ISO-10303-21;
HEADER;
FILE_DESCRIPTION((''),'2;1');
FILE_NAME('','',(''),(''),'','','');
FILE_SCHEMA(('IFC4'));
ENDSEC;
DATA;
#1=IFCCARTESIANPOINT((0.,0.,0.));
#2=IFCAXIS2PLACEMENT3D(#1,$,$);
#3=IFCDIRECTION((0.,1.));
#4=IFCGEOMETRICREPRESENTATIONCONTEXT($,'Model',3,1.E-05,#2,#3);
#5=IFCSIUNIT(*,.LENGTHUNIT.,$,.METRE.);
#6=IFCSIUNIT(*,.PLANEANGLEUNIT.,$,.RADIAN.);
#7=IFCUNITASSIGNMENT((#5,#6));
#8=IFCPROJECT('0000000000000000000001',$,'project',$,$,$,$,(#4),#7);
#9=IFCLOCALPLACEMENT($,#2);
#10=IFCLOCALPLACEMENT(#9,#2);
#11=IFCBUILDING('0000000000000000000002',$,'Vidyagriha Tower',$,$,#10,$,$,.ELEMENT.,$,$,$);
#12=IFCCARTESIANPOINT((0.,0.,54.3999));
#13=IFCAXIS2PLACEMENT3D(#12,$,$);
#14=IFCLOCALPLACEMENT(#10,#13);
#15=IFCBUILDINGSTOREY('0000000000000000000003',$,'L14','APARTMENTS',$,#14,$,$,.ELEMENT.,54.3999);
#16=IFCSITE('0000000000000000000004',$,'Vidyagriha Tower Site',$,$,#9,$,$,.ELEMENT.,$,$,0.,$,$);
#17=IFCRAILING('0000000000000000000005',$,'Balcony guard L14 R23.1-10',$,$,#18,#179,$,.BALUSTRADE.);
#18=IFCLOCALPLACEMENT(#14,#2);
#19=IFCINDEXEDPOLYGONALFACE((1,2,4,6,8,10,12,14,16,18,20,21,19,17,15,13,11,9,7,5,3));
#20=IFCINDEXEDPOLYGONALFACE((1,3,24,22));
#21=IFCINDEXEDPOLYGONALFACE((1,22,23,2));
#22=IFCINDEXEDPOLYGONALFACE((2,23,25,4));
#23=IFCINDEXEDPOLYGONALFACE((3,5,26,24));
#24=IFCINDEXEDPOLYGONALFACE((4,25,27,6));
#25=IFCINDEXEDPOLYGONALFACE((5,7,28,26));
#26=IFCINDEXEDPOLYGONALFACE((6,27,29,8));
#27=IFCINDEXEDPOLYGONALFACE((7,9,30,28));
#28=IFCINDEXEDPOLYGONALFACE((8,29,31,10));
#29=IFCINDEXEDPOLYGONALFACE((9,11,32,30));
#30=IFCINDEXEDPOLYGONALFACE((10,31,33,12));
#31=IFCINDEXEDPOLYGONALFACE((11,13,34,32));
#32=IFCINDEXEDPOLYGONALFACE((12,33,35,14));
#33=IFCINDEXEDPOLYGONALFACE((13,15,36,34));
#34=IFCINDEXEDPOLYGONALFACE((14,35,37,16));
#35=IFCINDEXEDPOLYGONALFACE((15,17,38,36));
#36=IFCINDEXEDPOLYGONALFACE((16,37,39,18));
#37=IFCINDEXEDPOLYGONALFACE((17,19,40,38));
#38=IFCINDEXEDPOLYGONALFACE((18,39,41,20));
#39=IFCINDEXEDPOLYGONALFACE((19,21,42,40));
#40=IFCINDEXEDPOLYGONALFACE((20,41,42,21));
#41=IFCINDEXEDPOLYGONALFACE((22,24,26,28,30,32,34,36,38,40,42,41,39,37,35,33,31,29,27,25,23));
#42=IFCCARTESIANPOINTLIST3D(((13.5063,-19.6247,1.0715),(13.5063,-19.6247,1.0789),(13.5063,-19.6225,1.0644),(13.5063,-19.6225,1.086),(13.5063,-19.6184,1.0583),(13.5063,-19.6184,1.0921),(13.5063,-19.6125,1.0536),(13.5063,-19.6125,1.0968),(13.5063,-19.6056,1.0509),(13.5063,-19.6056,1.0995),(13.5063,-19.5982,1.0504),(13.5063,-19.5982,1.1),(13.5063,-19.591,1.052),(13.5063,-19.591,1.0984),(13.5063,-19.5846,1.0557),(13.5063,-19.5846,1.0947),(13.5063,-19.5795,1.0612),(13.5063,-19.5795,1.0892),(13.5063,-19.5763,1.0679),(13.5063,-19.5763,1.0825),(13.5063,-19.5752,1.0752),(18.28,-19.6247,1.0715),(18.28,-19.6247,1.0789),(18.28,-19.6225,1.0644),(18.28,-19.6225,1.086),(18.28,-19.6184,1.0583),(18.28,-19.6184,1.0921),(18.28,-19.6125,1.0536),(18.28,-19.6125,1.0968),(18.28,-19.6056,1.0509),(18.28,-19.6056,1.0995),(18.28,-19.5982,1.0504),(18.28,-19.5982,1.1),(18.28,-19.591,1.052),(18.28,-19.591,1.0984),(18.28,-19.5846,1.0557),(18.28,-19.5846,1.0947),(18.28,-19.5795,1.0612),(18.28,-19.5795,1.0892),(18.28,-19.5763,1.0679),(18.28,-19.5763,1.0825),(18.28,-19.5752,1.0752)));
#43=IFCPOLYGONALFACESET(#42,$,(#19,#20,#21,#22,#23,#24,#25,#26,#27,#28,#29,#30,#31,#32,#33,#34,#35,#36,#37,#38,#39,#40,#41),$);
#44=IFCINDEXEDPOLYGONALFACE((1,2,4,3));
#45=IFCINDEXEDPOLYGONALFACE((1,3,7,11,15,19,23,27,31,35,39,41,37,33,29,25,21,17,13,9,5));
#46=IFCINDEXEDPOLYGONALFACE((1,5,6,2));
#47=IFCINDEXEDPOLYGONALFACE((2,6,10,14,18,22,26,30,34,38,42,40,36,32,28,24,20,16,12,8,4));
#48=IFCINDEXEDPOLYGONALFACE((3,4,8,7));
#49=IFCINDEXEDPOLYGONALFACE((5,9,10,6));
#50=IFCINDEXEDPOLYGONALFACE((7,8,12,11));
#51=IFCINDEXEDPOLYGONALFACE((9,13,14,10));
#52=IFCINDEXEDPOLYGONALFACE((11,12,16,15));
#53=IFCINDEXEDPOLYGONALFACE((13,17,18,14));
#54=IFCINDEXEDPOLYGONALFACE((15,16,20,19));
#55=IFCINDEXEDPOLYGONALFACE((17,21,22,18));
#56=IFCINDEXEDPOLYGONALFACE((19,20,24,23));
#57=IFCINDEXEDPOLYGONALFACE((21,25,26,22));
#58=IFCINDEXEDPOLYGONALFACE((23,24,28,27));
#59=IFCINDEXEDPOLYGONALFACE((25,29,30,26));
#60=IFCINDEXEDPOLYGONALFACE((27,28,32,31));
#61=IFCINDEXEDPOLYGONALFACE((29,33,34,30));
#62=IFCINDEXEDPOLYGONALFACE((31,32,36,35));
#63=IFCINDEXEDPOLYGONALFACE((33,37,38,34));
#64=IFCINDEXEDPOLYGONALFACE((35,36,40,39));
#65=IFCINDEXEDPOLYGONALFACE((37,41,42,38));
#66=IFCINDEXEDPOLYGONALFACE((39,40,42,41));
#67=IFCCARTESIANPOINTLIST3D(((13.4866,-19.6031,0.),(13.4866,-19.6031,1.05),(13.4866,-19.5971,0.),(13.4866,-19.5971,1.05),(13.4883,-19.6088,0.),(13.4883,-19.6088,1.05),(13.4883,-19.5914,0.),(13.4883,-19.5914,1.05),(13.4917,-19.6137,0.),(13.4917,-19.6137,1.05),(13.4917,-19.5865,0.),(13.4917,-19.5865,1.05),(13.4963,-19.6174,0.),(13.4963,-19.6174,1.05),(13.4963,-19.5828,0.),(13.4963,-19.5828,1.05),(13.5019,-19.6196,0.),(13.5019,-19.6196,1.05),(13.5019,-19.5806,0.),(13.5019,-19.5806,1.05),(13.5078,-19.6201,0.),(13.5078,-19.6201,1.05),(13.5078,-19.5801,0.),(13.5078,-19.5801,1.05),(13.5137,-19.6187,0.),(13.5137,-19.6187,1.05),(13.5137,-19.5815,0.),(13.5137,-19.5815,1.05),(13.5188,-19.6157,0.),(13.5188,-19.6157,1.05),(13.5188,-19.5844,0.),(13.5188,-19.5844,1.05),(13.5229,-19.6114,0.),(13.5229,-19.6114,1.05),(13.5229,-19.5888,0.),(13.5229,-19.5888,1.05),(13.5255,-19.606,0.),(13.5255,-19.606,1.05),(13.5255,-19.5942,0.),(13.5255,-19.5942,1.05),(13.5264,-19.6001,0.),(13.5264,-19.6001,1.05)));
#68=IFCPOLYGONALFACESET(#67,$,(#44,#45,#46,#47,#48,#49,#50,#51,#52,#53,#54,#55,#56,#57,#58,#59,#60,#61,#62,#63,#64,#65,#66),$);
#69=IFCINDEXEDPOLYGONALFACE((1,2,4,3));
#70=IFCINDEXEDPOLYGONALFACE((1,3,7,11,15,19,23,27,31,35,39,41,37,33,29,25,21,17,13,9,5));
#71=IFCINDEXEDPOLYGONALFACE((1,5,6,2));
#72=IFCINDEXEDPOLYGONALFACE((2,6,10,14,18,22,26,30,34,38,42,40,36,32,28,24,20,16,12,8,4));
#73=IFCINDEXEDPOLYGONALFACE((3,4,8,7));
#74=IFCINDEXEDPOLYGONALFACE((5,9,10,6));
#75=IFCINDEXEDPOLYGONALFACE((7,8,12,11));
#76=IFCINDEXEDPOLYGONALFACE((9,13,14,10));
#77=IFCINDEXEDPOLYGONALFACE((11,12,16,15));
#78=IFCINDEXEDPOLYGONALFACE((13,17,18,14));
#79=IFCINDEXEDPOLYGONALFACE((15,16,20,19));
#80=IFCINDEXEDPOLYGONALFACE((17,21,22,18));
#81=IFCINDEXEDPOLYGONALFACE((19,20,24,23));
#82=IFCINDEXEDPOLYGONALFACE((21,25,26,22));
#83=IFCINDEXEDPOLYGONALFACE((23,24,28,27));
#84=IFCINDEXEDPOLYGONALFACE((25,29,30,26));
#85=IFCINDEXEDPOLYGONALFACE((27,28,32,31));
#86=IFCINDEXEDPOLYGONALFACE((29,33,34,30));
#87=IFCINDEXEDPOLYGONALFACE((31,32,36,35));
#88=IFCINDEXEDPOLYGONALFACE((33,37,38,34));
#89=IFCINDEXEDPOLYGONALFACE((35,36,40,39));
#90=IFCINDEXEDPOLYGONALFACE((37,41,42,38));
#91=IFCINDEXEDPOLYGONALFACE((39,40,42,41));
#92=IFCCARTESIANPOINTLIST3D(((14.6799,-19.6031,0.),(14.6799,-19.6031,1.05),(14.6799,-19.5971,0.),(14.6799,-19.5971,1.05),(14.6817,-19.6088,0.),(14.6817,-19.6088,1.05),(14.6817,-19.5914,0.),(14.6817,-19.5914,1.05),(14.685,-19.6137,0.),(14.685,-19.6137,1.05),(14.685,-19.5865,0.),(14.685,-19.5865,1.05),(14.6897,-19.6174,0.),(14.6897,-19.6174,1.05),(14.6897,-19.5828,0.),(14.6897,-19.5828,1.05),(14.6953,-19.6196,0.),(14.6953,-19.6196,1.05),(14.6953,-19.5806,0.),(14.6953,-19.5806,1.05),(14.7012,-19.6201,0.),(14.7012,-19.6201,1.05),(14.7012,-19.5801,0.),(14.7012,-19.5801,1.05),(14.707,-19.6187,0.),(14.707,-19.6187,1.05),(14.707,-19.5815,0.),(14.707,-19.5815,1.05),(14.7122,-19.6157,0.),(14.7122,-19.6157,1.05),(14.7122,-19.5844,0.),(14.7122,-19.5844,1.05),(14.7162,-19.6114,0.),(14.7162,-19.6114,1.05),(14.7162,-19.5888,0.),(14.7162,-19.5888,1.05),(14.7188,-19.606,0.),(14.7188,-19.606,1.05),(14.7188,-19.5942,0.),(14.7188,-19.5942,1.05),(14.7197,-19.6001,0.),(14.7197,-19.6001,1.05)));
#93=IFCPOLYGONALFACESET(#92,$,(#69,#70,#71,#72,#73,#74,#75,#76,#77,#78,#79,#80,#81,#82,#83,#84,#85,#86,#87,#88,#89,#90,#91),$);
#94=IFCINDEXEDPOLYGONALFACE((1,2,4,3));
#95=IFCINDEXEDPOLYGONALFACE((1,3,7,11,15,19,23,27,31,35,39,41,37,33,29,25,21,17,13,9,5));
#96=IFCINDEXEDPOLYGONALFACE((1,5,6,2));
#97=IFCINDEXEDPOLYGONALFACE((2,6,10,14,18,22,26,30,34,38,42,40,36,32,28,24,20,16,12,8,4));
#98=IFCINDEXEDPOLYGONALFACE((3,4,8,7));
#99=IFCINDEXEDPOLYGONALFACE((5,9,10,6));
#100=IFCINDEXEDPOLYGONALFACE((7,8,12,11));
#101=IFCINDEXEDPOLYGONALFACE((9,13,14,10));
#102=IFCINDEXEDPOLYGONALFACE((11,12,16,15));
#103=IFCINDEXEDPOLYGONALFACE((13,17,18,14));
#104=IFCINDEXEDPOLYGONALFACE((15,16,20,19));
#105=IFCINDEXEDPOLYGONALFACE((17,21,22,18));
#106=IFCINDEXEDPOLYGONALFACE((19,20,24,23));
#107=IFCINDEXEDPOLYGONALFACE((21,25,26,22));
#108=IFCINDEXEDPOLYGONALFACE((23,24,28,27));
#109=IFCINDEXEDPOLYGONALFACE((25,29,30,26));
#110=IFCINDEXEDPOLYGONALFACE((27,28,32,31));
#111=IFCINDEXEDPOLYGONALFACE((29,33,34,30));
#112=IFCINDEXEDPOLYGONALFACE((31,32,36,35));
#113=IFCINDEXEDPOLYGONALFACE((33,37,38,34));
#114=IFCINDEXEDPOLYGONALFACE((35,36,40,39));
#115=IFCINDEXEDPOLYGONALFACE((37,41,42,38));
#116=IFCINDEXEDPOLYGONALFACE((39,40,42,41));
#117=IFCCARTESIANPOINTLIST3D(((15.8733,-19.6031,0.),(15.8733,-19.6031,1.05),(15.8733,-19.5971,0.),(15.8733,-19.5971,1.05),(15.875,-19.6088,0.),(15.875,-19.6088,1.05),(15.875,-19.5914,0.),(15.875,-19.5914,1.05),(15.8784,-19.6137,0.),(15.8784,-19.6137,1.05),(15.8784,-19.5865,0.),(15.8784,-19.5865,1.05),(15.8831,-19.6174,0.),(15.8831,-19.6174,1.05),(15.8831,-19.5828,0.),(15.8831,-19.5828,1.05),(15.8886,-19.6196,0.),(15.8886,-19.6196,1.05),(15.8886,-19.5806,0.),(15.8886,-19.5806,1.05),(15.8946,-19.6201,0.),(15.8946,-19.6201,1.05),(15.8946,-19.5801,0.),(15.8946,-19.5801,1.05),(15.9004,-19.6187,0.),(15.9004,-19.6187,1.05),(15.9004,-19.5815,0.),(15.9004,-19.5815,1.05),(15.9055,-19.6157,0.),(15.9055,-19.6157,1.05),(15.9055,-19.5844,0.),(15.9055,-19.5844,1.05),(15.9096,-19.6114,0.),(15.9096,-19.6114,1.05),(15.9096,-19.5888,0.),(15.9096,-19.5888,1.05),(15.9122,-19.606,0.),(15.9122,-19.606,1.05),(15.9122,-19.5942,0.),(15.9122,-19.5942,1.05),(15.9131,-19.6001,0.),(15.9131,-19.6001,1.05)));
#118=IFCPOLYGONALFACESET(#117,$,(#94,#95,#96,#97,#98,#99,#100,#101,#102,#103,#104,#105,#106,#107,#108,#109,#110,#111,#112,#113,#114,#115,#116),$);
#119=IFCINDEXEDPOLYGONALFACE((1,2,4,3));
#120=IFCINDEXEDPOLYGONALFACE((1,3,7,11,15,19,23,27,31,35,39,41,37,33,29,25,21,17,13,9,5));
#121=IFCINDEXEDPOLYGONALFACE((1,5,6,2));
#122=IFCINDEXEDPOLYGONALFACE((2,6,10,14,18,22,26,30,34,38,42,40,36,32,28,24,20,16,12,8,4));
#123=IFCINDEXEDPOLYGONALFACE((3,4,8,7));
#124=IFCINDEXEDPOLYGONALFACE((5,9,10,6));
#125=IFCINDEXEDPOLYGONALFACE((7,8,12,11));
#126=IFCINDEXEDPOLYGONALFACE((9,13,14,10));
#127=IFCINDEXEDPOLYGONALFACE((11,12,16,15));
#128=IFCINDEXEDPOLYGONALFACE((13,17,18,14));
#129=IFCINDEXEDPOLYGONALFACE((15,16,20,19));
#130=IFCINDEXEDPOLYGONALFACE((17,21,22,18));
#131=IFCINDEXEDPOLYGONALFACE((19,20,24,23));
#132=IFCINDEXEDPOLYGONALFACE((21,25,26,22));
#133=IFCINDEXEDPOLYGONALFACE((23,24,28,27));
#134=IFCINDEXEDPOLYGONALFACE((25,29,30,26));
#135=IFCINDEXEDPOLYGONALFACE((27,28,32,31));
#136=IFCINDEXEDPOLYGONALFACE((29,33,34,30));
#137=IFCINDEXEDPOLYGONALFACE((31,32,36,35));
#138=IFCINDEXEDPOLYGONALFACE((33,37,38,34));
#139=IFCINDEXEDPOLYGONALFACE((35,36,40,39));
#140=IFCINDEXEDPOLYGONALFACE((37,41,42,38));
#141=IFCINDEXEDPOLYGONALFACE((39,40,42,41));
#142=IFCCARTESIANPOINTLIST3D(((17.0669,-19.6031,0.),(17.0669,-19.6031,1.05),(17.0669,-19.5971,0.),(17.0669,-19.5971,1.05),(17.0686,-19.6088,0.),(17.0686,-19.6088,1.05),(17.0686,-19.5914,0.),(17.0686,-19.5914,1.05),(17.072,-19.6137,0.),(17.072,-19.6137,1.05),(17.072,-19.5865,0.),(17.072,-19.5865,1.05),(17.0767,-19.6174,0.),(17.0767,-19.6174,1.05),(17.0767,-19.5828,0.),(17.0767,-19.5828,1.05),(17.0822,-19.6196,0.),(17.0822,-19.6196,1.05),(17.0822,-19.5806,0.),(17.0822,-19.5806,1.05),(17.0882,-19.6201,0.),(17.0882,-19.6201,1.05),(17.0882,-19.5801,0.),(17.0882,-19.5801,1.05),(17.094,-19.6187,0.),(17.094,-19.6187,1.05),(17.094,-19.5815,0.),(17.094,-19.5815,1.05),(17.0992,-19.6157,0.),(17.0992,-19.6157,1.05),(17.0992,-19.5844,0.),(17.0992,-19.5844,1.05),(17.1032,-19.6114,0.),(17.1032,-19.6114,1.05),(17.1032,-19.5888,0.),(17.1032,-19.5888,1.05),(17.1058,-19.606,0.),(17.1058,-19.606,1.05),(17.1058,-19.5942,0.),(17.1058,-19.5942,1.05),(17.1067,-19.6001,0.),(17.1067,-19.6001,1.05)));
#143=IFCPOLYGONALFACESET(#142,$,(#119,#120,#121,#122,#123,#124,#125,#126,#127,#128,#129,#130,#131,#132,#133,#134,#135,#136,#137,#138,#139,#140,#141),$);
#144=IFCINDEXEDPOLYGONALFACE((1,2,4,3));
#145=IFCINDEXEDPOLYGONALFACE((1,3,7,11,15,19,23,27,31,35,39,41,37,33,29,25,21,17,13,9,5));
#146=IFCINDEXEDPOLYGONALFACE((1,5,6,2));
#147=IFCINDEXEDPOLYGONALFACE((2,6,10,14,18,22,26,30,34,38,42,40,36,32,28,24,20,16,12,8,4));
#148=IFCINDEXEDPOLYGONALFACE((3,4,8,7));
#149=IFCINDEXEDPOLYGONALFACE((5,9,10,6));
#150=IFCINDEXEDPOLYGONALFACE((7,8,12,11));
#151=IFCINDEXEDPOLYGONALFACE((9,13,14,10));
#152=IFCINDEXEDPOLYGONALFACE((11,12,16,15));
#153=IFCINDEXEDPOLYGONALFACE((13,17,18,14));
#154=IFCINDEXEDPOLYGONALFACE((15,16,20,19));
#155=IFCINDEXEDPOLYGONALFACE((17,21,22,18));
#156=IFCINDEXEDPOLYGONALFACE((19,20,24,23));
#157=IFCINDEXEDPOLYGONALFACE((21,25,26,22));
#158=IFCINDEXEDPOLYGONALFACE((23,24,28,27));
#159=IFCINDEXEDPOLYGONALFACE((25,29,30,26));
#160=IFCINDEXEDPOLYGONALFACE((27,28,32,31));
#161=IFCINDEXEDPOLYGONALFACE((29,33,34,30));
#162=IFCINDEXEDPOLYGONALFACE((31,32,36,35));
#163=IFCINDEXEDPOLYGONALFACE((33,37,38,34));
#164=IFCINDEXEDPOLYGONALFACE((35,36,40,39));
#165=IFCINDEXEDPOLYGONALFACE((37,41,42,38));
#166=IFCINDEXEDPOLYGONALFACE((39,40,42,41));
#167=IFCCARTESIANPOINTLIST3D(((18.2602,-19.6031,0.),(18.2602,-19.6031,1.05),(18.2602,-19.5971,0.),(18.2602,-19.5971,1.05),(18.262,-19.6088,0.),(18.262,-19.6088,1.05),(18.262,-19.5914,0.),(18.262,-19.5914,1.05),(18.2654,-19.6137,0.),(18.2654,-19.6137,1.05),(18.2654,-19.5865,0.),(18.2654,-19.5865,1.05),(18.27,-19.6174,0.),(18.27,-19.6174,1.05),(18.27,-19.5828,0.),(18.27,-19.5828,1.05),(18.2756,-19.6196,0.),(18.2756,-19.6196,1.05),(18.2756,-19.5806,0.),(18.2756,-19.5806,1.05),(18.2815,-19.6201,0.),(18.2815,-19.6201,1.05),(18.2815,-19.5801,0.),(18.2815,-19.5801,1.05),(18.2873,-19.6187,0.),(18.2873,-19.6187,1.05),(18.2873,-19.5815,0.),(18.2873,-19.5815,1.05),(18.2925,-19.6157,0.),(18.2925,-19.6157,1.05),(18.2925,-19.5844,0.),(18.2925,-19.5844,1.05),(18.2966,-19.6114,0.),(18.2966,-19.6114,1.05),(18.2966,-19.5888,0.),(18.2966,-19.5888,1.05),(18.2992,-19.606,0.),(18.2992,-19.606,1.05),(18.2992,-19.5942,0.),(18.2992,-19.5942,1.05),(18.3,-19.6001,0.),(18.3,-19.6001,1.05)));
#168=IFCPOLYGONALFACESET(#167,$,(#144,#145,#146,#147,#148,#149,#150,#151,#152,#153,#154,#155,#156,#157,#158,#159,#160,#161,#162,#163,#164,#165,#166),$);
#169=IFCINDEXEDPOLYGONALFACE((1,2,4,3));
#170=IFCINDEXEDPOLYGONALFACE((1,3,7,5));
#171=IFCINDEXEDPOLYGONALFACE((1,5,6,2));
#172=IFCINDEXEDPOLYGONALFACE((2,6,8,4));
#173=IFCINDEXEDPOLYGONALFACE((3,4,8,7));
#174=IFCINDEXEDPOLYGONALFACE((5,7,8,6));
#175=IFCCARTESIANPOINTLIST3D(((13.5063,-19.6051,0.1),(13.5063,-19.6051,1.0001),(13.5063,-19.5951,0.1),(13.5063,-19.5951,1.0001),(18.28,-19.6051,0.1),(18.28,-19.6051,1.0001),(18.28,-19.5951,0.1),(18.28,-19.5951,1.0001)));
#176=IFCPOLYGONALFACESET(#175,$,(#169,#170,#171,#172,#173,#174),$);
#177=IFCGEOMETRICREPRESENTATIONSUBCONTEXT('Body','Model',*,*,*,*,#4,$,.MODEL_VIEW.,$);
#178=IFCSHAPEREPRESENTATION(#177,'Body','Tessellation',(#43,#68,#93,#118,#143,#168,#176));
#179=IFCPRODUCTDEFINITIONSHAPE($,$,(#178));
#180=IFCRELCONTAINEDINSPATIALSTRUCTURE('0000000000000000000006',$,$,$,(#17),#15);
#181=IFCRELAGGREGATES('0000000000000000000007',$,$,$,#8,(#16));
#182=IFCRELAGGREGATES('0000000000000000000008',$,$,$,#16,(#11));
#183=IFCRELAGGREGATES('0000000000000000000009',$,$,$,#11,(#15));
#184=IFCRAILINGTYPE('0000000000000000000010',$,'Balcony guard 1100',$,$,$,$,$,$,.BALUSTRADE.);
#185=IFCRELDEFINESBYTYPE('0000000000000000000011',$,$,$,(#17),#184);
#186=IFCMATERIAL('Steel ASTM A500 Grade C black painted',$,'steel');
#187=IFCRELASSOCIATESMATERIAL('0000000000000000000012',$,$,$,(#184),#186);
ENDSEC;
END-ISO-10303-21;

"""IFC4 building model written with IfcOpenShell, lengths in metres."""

from ifc_helpers import new_model, si_unit, direction, frame, origin, origin_2d, place, context, subcontext, project, spatial, rectangle, circle, extrude, material, type_object, element, save


model = new_model("IFC4")

# Units and contexts
model_context = context("Model", 3, precision=1e-05, world=origin(), true_north=direction((0.0, 1.0)))
body_context = subcontext(model_context, "Body", "Model", "MODEL_VIEW")
ifc_project = project(units=[si_unit("LENGTHUNIT", "METRE"), si_unit("PLANEANGLEUNIT", "RADIAN")], contexts=[model_context])

# Site, building, storey
site_placement = place(None, origin())
site = spatial("IfcSite", under=ifc_project, at=site_placement, Name="Vidyagriha Tower Site", CompositionType="ELEMENT", RefElevation=0.0)
building_placement = place(site_placement, origin())
building = spatial("IfcBuilding", under=site, at=building_placement, Name="Vidyagriha Tower", CompositionType="ELEMENT")
storey_placement = place(building_placement, frame((0.0, 0.0, 54.3999)))
storey = spatial("IfcBuildingStorey", under=building, at=storey_placement, Name="L14", Description="APARTMENTS", CompositionType="ELEMENT", Elevation=54.3999)

# Railing
ifc_material_1 = material(Name="Steel ASTM A500 Grade C black painted", Category="steel")
railing_type = type_object("IfcRailingType", Name="Balcony guard 1100", PredefinedType="BALUSTRADE", material=ifc_material_1)
railing_1_placement = place(storey_placement, frame((13.5063, -19.6001, 0.0)))
element("IfcRailing", 1, at=railing_1_placement, inside=storey, type_object=railing_type, Name="Balcony guard L14 R23.1-10", PredefinedType="BALUSTRADE", context=body_context, shape_type="SweptSolid", body=[
    extrude(circle(Radius=0.0249, at=origin_2d()), frame((0.0, 0.0, 1.0752), z_axis=(1.0, 0.0, 0.0), x_axis=(0.0, 1.0, 0.0)), (0.0, 0.0, 1.0), 4.7737),
    extrude(circle(Radius=0.02, at=origin_2d()), origin(), (0.0, 0.0, 1.0), 1.05),
    extrude(circle(Radius=0.02, at=origin_2d()), frame((1.1934, 0.0, 0.0)), (0.0, 0.0, 1.0), 1.05),
    extrude(circle(Radius=0.02, at=origin_2d()), frame((2.3867, 0.0, 0.0)), (0.0, 0.0, 1.0), 1.05),
    extrude(circle(Radius=0.02, at=origin_2d()), frame((3.5803, 0.0, 0.0)), (0.0, 0.0, 1.0), 1.05),
    extrude(circle(Radius=0.02, at=origin_2d()), frame((4.7737, 0.0, 0.0)), (0.0, 0.0, 1.0), 1.05),
    extrude(rectangle(XDim=0.01, YDim=0.9001, at=origin_2d()), frame((0.0, 0.0, 0.55), z_axis=(1.0, 0.0, 0.0), x_axis=(0.0, 1.0, 0.0)), (0.0, 0.0, 1.0), 4.7737),
])

save(model, "model.ifc")
